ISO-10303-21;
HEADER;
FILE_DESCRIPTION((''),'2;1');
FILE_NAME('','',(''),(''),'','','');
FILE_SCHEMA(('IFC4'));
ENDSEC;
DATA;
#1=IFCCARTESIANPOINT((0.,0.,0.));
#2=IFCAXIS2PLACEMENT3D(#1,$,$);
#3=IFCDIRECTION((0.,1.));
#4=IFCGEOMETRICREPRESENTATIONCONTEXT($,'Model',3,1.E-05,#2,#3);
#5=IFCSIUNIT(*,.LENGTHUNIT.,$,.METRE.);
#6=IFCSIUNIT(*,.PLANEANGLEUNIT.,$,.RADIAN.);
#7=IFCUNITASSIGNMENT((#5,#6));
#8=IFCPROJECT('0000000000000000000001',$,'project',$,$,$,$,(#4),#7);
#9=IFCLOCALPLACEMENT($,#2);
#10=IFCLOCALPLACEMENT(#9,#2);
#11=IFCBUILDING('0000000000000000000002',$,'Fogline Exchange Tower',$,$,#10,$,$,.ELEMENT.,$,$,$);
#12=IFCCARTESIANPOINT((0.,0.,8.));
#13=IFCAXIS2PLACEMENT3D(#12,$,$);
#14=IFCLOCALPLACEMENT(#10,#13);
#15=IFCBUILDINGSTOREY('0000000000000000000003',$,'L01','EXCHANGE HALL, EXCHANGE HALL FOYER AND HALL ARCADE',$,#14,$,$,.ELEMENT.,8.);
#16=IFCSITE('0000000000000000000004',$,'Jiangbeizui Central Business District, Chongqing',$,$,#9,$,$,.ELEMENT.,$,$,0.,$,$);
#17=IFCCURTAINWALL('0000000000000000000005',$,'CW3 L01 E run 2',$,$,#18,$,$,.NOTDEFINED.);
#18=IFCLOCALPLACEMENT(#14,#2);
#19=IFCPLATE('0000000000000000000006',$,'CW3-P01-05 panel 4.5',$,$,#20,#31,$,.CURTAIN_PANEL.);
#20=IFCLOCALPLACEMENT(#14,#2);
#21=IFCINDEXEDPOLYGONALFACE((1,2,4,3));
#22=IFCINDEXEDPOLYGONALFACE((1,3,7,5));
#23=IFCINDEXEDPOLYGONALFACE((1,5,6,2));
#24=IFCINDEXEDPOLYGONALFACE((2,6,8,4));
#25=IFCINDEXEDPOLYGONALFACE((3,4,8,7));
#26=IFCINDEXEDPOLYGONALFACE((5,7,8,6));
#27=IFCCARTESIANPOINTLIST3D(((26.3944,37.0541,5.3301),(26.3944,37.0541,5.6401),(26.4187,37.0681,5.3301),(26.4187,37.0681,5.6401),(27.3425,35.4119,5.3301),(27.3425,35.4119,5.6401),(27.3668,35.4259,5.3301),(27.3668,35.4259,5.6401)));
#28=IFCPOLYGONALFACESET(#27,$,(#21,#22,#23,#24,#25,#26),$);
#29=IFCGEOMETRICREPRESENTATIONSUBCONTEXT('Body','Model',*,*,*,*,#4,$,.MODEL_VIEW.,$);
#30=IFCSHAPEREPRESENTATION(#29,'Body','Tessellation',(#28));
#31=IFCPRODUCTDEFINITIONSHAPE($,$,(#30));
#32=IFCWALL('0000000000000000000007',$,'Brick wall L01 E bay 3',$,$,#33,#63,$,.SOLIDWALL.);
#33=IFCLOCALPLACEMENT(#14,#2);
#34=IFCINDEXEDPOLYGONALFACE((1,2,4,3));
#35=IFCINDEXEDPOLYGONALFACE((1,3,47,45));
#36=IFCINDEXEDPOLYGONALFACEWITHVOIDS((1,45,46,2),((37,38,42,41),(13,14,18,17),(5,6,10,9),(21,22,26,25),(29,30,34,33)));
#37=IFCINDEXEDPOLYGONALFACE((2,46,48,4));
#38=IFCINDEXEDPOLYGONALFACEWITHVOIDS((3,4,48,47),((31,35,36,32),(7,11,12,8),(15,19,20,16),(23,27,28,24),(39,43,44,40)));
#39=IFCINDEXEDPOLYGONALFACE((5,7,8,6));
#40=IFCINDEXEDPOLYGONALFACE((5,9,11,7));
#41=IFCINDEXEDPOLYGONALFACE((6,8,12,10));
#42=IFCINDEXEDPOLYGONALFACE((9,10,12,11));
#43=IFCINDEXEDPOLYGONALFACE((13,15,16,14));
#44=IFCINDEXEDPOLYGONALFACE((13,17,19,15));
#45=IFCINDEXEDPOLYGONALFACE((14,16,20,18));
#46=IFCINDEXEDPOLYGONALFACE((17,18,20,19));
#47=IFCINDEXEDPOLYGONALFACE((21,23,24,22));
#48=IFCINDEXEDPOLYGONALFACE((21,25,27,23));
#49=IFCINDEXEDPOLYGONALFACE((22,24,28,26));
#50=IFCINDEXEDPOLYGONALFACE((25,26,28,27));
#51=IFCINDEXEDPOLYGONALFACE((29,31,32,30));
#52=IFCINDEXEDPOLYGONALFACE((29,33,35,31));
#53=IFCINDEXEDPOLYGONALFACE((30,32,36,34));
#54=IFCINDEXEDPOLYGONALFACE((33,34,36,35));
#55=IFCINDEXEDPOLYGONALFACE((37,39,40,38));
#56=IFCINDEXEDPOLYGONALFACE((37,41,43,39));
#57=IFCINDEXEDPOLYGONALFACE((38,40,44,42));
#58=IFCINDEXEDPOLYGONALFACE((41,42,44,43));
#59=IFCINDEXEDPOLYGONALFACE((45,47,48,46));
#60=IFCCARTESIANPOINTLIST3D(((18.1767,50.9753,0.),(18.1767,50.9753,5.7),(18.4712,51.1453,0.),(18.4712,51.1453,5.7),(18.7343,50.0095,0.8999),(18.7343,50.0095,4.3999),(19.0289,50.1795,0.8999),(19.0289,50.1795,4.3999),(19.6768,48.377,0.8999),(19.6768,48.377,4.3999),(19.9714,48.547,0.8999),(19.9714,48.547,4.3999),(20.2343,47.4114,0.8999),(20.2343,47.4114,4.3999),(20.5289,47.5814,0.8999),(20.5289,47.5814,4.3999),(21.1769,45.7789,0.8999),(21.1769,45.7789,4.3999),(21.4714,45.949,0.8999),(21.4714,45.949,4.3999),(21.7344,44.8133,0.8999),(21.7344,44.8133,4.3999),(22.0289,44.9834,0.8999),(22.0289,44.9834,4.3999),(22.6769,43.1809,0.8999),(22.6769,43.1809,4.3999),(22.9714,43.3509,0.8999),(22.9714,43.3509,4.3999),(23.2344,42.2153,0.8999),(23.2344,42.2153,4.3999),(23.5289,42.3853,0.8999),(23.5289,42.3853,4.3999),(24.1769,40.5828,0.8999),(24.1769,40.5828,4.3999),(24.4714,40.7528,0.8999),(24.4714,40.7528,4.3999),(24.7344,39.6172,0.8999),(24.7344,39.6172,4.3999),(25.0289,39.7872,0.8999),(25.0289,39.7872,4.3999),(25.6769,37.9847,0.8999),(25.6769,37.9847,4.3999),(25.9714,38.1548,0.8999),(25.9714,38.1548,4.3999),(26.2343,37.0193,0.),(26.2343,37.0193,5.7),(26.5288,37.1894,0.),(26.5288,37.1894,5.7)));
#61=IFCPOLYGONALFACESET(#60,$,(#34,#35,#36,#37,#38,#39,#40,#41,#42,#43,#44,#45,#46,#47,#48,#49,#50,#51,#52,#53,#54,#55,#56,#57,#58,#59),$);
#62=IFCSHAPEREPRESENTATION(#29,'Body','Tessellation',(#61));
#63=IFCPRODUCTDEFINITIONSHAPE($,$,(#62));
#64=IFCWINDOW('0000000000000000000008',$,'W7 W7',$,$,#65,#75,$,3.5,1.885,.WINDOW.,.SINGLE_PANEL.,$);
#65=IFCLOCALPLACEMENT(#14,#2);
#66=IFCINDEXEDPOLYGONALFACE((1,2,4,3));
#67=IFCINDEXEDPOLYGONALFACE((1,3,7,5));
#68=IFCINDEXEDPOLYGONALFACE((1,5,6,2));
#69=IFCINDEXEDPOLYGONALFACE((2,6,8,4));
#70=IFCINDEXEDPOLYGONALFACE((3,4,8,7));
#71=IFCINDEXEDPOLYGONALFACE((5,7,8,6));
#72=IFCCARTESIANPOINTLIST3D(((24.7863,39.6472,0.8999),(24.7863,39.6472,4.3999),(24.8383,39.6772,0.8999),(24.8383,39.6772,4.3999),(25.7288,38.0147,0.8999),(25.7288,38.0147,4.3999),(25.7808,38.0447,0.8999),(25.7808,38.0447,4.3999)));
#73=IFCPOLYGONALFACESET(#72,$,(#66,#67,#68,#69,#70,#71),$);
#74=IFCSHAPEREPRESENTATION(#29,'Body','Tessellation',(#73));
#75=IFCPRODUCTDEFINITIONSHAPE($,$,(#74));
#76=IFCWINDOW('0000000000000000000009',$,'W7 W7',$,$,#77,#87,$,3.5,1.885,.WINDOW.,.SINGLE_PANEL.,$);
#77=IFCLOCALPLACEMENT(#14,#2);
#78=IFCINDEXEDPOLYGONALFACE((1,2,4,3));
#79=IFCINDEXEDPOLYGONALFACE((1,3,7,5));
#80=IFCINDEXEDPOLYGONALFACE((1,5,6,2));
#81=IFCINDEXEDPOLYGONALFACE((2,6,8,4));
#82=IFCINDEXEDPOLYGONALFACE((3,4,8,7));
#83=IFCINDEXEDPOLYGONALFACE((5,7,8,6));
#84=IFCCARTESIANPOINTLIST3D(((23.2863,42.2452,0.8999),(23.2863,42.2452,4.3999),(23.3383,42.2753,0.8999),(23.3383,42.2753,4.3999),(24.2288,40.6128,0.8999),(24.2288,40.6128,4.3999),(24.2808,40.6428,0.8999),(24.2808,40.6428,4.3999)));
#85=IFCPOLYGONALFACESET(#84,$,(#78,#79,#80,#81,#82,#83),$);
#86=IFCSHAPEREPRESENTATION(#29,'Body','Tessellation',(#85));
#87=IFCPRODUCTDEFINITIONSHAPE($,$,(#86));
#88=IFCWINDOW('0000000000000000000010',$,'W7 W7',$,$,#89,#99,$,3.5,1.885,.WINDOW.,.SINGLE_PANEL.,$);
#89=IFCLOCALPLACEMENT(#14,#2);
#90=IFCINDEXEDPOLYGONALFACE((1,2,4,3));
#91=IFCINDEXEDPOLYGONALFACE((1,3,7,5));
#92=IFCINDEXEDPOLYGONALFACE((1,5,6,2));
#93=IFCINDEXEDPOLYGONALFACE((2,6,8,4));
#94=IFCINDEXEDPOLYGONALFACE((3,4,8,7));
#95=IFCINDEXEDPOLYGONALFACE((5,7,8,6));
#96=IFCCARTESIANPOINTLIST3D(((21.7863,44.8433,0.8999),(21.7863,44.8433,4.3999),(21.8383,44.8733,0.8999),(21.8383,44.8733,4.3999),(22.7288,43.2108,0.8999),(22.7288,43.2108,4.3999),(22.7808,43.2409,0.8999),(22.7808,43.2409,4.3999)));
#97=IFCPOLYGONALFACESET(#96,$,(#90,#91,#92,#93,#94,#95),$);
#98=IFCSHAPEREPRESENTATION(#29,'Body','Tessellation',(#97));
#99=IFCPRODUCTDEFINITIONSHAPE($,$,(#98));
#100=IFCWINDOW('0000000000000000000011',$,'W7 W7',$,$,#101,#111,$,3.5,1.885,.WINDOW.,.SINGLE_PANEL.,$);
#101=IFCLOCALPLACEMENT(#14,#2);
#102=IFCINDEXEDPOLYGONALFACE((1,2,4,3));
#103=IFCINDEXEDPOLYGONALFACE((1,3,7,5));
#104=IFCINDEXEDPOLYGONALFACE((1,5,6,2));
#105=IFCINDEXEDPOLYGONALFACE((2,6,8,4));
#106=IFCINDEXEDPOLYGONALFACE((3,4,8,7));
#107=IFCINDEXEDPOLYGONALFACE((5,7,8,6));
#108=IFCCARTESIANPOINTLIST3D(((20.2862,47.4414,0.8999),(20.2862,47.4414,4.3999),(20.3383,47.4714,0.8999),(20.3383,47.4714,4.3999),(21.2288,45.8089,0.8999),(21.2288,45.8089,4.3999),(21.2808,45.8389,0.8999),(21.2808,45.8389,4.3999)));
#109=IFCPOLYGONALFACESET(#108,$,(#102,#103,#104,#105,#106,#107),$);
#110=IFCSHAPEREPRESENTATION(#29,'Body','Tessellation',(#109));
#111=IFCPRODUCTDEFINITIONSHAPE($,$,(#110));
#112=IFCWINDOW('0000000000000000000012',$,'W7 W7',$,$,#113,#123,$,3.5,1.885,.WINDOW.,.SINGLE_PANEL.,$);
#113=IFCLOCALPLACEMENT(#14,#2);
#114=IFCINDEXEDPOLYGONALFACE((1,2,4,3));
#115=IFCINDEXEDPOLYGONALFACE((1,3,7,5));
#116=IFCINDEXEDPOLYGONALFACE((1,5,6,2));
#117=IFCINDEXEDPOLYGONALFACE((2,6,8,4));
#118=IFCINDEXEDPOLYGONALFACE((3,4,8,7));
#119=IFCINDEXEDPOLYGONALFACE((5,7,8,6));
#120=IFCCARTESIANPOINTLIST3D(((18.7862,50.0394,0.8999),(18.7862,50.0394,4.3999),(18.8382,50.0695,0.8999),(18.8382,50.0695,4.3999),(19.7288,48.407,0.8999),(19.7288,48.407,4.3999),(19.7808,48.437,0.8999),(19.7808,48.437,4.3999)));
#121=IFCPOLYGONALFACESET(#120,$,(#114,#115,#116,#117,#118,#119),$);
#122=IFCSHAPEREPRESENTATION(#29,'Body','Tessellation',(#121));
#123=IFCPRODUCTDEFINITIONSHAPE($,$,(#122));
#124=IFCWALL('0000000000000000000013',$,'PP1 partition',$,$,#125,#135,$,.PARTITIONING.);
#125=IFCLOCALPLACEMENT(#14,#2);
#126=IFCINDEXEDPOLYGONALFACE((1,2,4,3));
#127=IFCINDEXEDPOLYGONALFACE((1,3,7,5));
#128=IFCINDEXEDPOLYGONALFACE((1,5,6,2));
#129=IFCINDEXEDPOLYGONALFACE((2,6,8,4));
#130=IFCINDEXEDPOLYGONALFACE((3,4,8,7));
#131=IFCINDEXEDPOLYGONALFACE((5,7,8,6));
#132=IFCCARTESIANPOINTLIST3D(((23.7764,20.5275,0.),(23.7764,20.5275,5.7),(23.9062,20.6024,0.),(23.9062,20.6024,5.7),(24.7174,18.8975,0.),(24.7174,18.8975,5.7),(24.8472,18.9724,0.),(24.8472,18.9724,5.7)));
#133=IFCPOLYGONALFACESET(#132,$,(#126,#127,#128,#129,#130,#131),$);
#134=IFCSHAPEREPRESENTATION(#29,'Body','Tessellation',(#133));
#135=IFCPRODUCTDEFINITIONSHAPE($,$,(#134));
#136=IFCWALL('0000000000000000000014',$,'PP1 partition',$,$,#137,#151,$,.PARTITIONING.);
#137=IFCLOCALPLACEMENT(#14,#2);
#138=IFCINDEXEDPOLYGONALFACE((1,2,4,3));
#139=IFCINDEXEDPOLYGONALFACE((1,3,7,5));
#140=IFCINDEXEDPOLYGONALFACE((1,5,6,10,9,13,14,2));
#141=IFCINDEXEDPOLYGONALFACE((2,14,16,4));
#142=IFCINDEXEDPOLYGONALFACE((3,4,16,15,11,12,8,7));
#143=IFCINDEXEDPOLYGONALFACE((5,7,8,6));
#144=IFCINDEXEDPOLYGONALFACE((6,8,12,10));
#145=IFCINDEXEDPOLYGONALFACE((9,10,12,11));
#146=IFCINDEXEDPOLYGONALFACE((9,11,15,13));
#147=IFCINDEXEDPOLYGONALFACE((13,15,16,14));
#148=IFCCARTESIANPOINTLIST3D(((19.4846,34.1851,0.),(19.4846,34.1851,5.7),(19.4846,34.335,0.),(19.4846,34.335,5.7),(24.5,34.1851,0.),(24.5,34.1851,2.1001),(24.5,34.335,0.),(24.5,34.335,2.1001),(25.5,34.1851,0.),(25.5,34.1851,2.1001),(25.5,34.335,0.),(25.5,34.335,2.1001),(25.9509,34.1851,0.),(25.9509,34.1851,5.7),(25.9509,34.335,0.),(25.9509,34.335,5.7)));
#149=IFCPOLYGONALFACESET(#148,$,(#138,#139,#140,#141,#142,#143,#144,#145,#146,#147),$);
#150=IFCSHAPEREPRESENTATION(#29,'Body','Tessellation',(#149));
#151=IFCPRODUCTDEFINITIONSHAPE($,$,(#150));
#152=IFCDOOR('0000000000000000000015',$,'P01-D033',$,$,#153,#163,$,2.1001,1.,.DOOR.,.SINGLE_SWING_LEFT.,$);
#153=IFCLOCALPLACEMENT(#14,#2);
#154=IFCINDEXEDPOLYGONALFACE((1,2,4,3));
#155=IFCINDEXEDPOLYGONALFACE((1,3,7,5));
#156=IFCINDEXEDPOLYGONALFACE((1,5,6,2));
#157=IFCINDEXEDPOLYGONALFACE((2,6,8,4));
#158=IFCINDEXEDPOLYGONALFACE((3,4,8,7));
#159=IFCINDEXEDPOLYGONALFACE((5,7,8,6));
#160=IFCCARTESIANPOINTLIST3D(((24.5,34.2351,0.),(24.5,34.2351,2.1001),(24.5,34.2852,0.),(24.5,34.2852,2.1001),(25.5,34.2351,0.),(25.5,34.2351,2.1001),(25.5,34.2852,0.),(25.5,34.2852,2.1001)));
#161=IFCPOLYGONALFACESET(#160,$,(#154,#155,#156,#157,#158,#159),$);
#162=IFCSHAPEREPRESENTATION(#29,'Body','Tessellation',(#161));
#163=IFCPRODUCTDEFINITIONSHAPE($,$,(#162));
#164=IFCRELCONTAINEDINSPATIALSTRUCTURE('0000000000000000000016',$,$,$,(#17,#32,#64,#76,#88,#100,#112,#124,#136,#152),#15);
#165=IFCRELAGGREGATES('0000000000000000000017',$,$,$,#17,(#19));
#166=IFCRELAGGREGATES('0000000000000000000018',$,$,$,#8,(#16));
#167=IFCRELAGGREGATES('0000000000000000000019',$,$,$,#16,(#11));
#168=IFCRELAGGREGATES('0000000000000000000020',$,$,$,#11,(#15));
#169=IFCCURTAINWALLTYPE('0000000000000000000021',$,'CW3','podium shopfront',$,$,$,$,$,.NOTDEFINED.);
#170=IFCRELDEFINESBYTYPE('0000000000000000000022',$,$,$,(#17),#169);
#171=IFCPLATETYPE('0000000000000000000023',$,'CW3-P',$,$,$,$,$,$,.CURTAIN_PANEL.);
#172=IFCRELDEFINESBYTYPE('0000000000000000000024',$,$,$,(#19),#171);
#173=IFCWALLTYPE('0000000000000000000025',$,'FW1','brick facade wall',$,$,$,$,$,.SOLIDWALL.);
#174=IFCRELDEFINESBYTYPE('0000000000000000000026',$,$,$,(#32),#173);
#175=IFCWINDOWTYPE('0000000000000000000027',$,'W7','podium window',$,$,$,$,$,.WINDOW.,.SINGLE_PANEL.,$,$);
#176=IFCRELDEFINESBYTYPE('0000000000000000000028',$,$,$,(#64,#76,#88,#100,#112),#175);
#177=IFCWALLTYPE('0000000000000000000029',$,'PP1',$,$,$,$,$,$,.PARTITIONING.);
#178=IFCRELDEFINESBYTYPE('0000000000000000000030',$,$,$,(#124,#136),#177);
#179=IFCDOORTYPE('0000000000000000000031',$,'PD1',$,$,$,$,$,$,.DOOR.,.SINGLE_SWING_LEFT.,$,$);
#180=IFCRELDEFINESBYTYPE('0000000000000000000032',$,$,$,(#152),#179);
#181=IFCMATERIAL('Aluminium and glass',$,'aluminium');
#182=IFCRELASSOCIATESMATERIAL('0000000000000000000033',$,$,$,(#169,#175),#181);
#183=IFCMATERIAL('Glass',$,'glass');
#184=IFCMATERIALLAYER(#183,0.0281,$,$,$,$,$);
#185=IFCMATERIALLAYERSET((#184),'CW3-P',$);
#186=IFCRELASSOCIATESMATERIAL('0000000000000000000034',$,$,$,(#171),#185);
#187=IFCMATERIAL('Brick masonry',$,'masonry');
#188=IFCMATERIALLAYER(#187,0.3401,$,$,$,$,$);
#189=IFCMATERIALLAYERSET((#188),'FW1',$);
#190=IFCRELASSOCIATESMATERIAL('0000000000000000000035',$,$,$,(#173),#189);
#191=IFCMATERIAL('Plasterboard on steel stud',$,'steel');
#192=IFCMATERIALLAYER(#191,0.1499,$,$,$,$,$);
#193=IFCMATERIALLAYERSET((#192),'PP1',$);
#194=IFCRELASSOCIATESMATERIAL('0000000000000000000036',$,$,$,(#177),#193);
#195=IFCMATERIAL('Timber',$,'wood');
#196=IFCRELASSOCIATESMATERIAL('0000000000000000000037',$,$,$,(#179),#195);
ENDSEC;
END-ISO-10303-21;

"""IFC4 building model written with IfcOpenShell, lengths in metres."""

from ifc_helpers import new_model, si_unit, direction, frame, frame_2d, origin, origin_2d, place, context, subcontext, project, spatial, rectangle, extrude, material, layer, layer_set, type_object, element, fill, aggregate, save


model = new_model("IFC4")

# Units and contexts
model_context = context("Model", 3, precision=1e-05, world=origin(), true_north=direction((0.0, 1.0)))
body_context = subcontext(model_context, "Body", "Model", "MODEL_VIEW")
ifc_project = project(units=[si_unit("LENGTHUNIT", "METRE"), si_unit("PLANEANGLEUNIT", "RADIAN")], contexts=[model_context])

# Site, building, storey
site_placement = place(None, origin())
site = spatial("IfcSite", under=ifc_project, at=site_placement, Name="Jiangbeizui Central Business District, Chongqing", CompositionType="ELEMENT", RefElevation=0.0)
building_placement = place(site_placement, origin())
building = spatial("IfcBuilding", under=site, at=building_placement, Name="Fogline Exchange Tower", CompositionType="ELEMENT")
storey_placement = place(building_placement, frame((0.0, 0.0, 8.0)))
storey = spatial("IfcBuildingStorey", under=building, at=storey_placement, Name="L01", Description="EXCHANGE HALL, EXCHANGE HALL FOYER AND HALL ARCADE", CompositionType="ELEMENT", Elevation=8.0)

# Curtain wall, plate
ifc_material_1 = material(Name="Aluminium and glass", Category="aluminium")
curtain_wall_type = type_object("IfcCurtainWallType", Name="CW3", Description="podium shopfront", PredefinedType="NOTDEFINED", material=ifc_material_1)
curtain_wall_placement = place(storey_placement, origin())
curtain_wall = element("IfcCurtainWall", 1, at=curtain_wall_placement, inside=storey, type_object=curtain_wall_type, Name="CW3 L01 E run 2", PredefinedType="NOTDEFINED")
ifc_material_2 = material(Name="Glass", Category="glass")
ifc_layer_1 = layer(ifc_material_2, 0.0281)
ifc_layer_set_1 = layer_set([ifc_layer_1], Name="CW3-P")
plate_type = type_object("IfcPlateType", Name="CW3-P", PredefinedType="CURTAIN_PANEL", material=ifc_layer_set_1)
plate_1_placement = place(storey_placement, frame((26.8806, 36.24, 5.3301), z_axis=(0.0, 0.0, 1.0), x_axis=(-0.5, 0.866025, 0.0)))
plate_1 = element("IfcPlate", 2, at=plate_1_placement, type_object=plate_type, Name="CW3-P01-05 panel 4.5", PredefinedType="CURTAIN_PANEL", context=body_context, shape_type="SweptSolid", body=[
    extrude(rectangle(XDim=1.8962, YDim=0.0281, at=origin_2d()), origin(), (0.0, 0.0, 1.0), 0.3101),
])
aggregate(curtain_wall, [plate_1])

# Wall, openings, windows
ifc_material_3 = material(Name="Brick masonry", Category="masonry")
ifc_layer_2 = layer(ifc_material_3, 0.3401)
ifc_layer_set_2 = layer_set([ifc_layer_2], Name="FW1")
wall_type_1 = type_object("IfcWallType", Name="FW1", Description="brick facade wall", PredefinedType="SOLIDWALL", material=ifc_layer_set_2)
wall_1_placement = place(storey_placement, frame((26.3816, 37.1042, 0.0), z_axis=(0.0, 0.0, 1.0), x_axis=(-0.500004, 0.866023, 0.0)))
wall_1 = element("IfcWall", 3, at=wall_1_placement, inside=storey, type_object=wall_type_1, Name="Brick wall L01 E bay 3", PredefinedType="SOLIDWALL", context=body_context, shape_type="SweptSolid", body=[
    extrude(rectangle(XDim=16.115, YDim=0.3401, at=frame_2d((8.0576, 0.0))), origin(), (0.0, 0.0, 1.0), 5.7),
])
opening_1_placement = place(wall_1_placement, frame((1.115, 0.0, 0.8999)))
opening_1 = element("IfcOpeningElement", 4, at=opening_1_placement, cuts=wall_1, PredefinedType="OPENING", context=body_context, shape_type="SweptSolid", body=[
    extrude(rectangle(XDim=1.885, YDim=3.5, at=frame_2d((0.9424, 1.75))), frame((0.0, 0.1802, 0.0), z_axis=(0.0, -1.0, 0.0), x_axis=(1.0, 0.0, 0.0)), (0.0, 0.0, 1.0), 0.3601),
])
opening_2_placement = place(wall_1_placement, frame((4.115, 0.0, 0.8999)))
opening_2 = element("IfcOpeningElement", 5, at=opening_2_placement, cuts=wall_1, PredefinedType="OPENING", context=body_context, shape_type="SweptSolid", body=[
    extrude(rectangle(XDim=1.885, YDim=3.5, at=frame_2d((0.9424, 1.75))), frame((0.0, 0.1802, 0.0), z_axis=(0.0, -1.0, 0.0), x_axis=(1.0, 0.0, 0.0)), (0.0, 0.0, 1.0), 0.3601),
])
opening_3_placement = place(wall_1_placement, frame((7.115, 0.0, 0.8999)))
opening_3 = element("IfcOpeningElement", 6, at=opening_3_placement, cuts=wall_1, PredefinedType="OPENING", context=body_context, shape_type="SweptSolid", body=[
    extrude(rectangle(XDim=1.885, YDim=3.5, at=frame_2d((0.9424, 1.75))), frame((0.0, 0.1802, 0.0), z_axis=(0.0, -1.0, 0.0), x_axis=(1.0, 0.0, 0.0)), (0.0, 0.0, 1.0), 0.3601),
])
opening_4_placement = place(wall_1_placement, frame((10.115, 0.0, 0.8999)))
opening_4 = element("IfcOpeningElement", 7, at=opening_4_placement, cuts=wall_1, PredefinedType="OPENING", context=body_context, shape_type="SweptSolid", body=[
    extrude(rectangle(XDim=1.885, YDim=3.5, at=frame_2d((0.9424, 1.75))), frame((0.0, 0.1802, 0.0), z_axis=(0.0, -1.0, 0.0), x_axis=(1.0, 0.0, 0.0)), (0.0, 0.0, 1.0), 0.3601),
])
opening_5_placement = place(wall_1_placement, frame((13.115, 0.0, 0.8999)))
opening_5 = element("IfcOpeningElement", 8, at=opening_5_placement, cuts=wall_1, PredefinedType="OPENING", context=body_context, shape_type="SweptSolid", body=[
    extrude(rectangle(XDim=1.885, YDim=3.5, at=frame_2d((0.9424, 1.75))), frame((0.0, 0.1802, 0.0), z_axis=(0.0, -1.0, 0.0), x_axis=(1.0, 0.0, 0.0)), (0.0, 0.0, 1.0), 0.3601),
])
window_type = type_object("IfcWindowType", Name="W7", Description="podium window", PartitioningType="SINGLE_PANEL", PredefinedType="WINDOW", material=ifc_material_1)
window_1_placement = place(opening_1_placement, origin())
window_1 = element("IfcWindow", 9, at=window_1_placement, inside=storey, type_object=window_type, Name="W7 W7", OverallHeight=3.5, OverallWidth=1.885, PartitioningType="SINGLE_PANEL", PredefinedType="WINDOW", context=body_context, shape_type="SweptSolid", body=[
    extrude(rectangle(XDim=1.885, YDim=3.5, at=frame_2d((0.9424, 1.75))), frame((0.0, 0.1101, 0.0), z_axis=(0.0, -1.0, 0.0), x_axis=(1.0, 0.0, 0.0)), (0.0, 0.0, 1.0), 0.0601),
])
fill(opening_1, window_1)
window_2_placement = place(opening_2_placement, origin())
window_2 = element("IfcWindow", 10, at=window_2_placement, inside=storey, type_object=window_type, Name="W7 W7", OverallHeight=3.5, OverallWidth=1.885, PartitioningType="SINGLE_PANEL", PredefinedType="WINDOW", context=body_context, shape_type="SweptSolid", body=[
    extrude(rectangle(XDim=1.885, YDim=3.5, at=frame_2d((0.9424, 1.75))), frame((0.0, 0.1101, 0.0), z_axis=(0.0, -1.0, 0.0), x_axis=(1.0, 0.0, 0.0)), (0.0, 0.0, 1.0), 0.0601),
])
fill(opening_2, window_2)
window_3_placement = place(opening_3_placement, origin())
window_3 = element("IfcWindow", 11, at=window_3_placement, inside=storey, type_object=window_type, Name="W7 W7", OverallHeight=3.5, OverallWidth=1.885, PartitioningType="SINGLE_PANEL", PredefinedType="WINDOW", context=body_context, shape_type="SweptSolid", body=[
    extrude(rectangle(XDim=1.885, YDim=3.5, at=frame_2d((0.9424, 1.75))), frame((0.0, 0.1101, 0.0), z_axis=(0.0, -1.0, 0.0), x_axis=(1.0, 0.0, 0.0)), (0.0, 0.0, 1.0), 0.0601),
])
fill(opening_3, window_3)
window_4_placement = place(opening_4_placement, origin())
window_4 = element("IfcWindow", 12, at=window_4_placement, inside=storey, type_object=window_type, Name="W7 W7", OverallHeight=3.5, OverallWidth=1.885, PartitioningType="SINGLE_PANEL", PredefinedType="WINDOW", context=body_context, shape_type="SweptSolid", body=[
    extrude(rectangle(XDim=1.885, YDim=3.5, at=frame_2d((0.9424, 1.75))), frame((0.0, 0.1101, 0.0), z_axis=(0.0, -1.0, 0.0), x_axis=(1.0, 0.0, 0.0)), (0.0, 0.0, 1.0), 0.0601),
])
fill(opening_4, window_4)
window_5_placement = place(opening_5_placement, origin())
window_5 = element("IfcWindow", 13, at=window_5_placement, inside=storey, type_object=window_type, Name="W7 W7", OverallHeight=3.5, OverallWidth=1.885, PartitioningType="SINGLE_PANEL", PredefinedType="WINDOW", context=body_context, shape_type="SweptSolid", body=[
    extrude(rectangle(XDim=1.885, YDim=3.5, at=frame_2d((0.9424, 1.75))), frame((0.0, 0.1101, 0.0), z_axis=(0.0, -1.0, 0.0), x_axis=(1.0, 0.0, 0.0)), (0.0, 0.0, 1.0), 0.0601),
])
fill(opening_5, window_5)

# Wall
ifc_material_4 = material(Name="Plasterboard on steel stud", Category="steel")
ifc_layer_3 = layer(ifc_material_4, 0.1499)
ifc_layer_set_3 = layer_set([ifc_layer_3], Name="PP1")
wall_type_2 = type_object("IfcWallType", Name="PP1", PredefinedType="PARTITIONING", material=ifc_layer_set_3)
wall_2_placement = place(storey_placement, frame((24.7822, 18.9351, 0.0), z_axis=(0.0, 0.0, 1.0), x_axis=(-0.499962, 0.866047, 0.0)))
element("IfcWall", 14, at=wall_2_placement, inside=storey, type_object=wall_type_2, Name="PP1 partition", PredefinedType="PARTITIONING", context=body_context, shape_type="SweptSolid", body=[
    extrude(rectangle(XDim=1.8821, YDim=0.1499, at=frame_2d((0.9409, 0.0))), origin(), (0.0, 0.0, 1.0), 5.7),
])

# Wall, opening, door
wall_3_placement = place(storey_placement, frame((19.4846, 34.26, 0.0), z_axis=(0.0, 0.0, 1.0), x_axis=(1.0, 0.0, 0.0)))
wall_3 = element("IfcWall", 15, at=wall_3_placement, inside=storey, type_object=wall_type_2, Name="PP1 partition", PredefinedType="PARTITIONING", context=body_context, shape_type="SweptSolid", body=[
    extrude(rectangle(XDim=6.4663, YDim=0.1499, at=frame_2d((3.2332, 0.0))), origin(), (0.0, 0.0, 1.0), 5.7),
])
opening_6_placement = place(wall_3_placement, frame((5.0154, 0.0, 0.0)))
opening_6 = element("IfcOpeningElement", 16, at=opening_6_placement, cuts=wall_3, PredefinedType="OPENING", context=body_context, shape_type="SweptSolid", body=[
    extrude(rectangle(XDim=1.0, YDim=2.1001, at=frame_2d((0.5, 1.05))), frame((0.0, 0.085, 0.0), z_axis=(0.0, -1.0, 0.0), x_axis=(1.0, 0.0, 0.0)), (0.0, 0.0, 1.0), 0.1699),
])
ifc_material_5 = material(Name="Timber", Category="wood")
door_type = type_object("IfcDoorType", Name="PD1", OperationType="SINGLE_SWING_LEFT", PredefinedType="DOOR", material=ifc_material_5)
door_placement = place(opening_6_placement, frame((1.0, 0.0, 0.0), z_axis=(0.0, 0.0, 1.0), x_axis=(-1.0, 0.0, 0.0)))
door = element("IfcDoor", 17, at=door_placement, inside=storey, type_object=door_type, Name="P01-D033", OperationType="SINGLE_SWING_LEFT", OverallHeight=2.1001, OverallWidth=1.0, PredefinedType="DOOR", context=body_context, shape_type="SweptSolid", body=[
    extrude(rectangle(XDim=1.0, YDim=2.1001, at=frame_2d((0.5, 1.05))), frame((0.0, 0.0249, 0.0), z_axis=(0.0, -1.0, 0.0), x_axis=(1.0, 0.0, 0.0)), (0.0, 0.0, 1.0), 0.05),
])
fill(opening_6, door)

save(model, "model.ifc")
